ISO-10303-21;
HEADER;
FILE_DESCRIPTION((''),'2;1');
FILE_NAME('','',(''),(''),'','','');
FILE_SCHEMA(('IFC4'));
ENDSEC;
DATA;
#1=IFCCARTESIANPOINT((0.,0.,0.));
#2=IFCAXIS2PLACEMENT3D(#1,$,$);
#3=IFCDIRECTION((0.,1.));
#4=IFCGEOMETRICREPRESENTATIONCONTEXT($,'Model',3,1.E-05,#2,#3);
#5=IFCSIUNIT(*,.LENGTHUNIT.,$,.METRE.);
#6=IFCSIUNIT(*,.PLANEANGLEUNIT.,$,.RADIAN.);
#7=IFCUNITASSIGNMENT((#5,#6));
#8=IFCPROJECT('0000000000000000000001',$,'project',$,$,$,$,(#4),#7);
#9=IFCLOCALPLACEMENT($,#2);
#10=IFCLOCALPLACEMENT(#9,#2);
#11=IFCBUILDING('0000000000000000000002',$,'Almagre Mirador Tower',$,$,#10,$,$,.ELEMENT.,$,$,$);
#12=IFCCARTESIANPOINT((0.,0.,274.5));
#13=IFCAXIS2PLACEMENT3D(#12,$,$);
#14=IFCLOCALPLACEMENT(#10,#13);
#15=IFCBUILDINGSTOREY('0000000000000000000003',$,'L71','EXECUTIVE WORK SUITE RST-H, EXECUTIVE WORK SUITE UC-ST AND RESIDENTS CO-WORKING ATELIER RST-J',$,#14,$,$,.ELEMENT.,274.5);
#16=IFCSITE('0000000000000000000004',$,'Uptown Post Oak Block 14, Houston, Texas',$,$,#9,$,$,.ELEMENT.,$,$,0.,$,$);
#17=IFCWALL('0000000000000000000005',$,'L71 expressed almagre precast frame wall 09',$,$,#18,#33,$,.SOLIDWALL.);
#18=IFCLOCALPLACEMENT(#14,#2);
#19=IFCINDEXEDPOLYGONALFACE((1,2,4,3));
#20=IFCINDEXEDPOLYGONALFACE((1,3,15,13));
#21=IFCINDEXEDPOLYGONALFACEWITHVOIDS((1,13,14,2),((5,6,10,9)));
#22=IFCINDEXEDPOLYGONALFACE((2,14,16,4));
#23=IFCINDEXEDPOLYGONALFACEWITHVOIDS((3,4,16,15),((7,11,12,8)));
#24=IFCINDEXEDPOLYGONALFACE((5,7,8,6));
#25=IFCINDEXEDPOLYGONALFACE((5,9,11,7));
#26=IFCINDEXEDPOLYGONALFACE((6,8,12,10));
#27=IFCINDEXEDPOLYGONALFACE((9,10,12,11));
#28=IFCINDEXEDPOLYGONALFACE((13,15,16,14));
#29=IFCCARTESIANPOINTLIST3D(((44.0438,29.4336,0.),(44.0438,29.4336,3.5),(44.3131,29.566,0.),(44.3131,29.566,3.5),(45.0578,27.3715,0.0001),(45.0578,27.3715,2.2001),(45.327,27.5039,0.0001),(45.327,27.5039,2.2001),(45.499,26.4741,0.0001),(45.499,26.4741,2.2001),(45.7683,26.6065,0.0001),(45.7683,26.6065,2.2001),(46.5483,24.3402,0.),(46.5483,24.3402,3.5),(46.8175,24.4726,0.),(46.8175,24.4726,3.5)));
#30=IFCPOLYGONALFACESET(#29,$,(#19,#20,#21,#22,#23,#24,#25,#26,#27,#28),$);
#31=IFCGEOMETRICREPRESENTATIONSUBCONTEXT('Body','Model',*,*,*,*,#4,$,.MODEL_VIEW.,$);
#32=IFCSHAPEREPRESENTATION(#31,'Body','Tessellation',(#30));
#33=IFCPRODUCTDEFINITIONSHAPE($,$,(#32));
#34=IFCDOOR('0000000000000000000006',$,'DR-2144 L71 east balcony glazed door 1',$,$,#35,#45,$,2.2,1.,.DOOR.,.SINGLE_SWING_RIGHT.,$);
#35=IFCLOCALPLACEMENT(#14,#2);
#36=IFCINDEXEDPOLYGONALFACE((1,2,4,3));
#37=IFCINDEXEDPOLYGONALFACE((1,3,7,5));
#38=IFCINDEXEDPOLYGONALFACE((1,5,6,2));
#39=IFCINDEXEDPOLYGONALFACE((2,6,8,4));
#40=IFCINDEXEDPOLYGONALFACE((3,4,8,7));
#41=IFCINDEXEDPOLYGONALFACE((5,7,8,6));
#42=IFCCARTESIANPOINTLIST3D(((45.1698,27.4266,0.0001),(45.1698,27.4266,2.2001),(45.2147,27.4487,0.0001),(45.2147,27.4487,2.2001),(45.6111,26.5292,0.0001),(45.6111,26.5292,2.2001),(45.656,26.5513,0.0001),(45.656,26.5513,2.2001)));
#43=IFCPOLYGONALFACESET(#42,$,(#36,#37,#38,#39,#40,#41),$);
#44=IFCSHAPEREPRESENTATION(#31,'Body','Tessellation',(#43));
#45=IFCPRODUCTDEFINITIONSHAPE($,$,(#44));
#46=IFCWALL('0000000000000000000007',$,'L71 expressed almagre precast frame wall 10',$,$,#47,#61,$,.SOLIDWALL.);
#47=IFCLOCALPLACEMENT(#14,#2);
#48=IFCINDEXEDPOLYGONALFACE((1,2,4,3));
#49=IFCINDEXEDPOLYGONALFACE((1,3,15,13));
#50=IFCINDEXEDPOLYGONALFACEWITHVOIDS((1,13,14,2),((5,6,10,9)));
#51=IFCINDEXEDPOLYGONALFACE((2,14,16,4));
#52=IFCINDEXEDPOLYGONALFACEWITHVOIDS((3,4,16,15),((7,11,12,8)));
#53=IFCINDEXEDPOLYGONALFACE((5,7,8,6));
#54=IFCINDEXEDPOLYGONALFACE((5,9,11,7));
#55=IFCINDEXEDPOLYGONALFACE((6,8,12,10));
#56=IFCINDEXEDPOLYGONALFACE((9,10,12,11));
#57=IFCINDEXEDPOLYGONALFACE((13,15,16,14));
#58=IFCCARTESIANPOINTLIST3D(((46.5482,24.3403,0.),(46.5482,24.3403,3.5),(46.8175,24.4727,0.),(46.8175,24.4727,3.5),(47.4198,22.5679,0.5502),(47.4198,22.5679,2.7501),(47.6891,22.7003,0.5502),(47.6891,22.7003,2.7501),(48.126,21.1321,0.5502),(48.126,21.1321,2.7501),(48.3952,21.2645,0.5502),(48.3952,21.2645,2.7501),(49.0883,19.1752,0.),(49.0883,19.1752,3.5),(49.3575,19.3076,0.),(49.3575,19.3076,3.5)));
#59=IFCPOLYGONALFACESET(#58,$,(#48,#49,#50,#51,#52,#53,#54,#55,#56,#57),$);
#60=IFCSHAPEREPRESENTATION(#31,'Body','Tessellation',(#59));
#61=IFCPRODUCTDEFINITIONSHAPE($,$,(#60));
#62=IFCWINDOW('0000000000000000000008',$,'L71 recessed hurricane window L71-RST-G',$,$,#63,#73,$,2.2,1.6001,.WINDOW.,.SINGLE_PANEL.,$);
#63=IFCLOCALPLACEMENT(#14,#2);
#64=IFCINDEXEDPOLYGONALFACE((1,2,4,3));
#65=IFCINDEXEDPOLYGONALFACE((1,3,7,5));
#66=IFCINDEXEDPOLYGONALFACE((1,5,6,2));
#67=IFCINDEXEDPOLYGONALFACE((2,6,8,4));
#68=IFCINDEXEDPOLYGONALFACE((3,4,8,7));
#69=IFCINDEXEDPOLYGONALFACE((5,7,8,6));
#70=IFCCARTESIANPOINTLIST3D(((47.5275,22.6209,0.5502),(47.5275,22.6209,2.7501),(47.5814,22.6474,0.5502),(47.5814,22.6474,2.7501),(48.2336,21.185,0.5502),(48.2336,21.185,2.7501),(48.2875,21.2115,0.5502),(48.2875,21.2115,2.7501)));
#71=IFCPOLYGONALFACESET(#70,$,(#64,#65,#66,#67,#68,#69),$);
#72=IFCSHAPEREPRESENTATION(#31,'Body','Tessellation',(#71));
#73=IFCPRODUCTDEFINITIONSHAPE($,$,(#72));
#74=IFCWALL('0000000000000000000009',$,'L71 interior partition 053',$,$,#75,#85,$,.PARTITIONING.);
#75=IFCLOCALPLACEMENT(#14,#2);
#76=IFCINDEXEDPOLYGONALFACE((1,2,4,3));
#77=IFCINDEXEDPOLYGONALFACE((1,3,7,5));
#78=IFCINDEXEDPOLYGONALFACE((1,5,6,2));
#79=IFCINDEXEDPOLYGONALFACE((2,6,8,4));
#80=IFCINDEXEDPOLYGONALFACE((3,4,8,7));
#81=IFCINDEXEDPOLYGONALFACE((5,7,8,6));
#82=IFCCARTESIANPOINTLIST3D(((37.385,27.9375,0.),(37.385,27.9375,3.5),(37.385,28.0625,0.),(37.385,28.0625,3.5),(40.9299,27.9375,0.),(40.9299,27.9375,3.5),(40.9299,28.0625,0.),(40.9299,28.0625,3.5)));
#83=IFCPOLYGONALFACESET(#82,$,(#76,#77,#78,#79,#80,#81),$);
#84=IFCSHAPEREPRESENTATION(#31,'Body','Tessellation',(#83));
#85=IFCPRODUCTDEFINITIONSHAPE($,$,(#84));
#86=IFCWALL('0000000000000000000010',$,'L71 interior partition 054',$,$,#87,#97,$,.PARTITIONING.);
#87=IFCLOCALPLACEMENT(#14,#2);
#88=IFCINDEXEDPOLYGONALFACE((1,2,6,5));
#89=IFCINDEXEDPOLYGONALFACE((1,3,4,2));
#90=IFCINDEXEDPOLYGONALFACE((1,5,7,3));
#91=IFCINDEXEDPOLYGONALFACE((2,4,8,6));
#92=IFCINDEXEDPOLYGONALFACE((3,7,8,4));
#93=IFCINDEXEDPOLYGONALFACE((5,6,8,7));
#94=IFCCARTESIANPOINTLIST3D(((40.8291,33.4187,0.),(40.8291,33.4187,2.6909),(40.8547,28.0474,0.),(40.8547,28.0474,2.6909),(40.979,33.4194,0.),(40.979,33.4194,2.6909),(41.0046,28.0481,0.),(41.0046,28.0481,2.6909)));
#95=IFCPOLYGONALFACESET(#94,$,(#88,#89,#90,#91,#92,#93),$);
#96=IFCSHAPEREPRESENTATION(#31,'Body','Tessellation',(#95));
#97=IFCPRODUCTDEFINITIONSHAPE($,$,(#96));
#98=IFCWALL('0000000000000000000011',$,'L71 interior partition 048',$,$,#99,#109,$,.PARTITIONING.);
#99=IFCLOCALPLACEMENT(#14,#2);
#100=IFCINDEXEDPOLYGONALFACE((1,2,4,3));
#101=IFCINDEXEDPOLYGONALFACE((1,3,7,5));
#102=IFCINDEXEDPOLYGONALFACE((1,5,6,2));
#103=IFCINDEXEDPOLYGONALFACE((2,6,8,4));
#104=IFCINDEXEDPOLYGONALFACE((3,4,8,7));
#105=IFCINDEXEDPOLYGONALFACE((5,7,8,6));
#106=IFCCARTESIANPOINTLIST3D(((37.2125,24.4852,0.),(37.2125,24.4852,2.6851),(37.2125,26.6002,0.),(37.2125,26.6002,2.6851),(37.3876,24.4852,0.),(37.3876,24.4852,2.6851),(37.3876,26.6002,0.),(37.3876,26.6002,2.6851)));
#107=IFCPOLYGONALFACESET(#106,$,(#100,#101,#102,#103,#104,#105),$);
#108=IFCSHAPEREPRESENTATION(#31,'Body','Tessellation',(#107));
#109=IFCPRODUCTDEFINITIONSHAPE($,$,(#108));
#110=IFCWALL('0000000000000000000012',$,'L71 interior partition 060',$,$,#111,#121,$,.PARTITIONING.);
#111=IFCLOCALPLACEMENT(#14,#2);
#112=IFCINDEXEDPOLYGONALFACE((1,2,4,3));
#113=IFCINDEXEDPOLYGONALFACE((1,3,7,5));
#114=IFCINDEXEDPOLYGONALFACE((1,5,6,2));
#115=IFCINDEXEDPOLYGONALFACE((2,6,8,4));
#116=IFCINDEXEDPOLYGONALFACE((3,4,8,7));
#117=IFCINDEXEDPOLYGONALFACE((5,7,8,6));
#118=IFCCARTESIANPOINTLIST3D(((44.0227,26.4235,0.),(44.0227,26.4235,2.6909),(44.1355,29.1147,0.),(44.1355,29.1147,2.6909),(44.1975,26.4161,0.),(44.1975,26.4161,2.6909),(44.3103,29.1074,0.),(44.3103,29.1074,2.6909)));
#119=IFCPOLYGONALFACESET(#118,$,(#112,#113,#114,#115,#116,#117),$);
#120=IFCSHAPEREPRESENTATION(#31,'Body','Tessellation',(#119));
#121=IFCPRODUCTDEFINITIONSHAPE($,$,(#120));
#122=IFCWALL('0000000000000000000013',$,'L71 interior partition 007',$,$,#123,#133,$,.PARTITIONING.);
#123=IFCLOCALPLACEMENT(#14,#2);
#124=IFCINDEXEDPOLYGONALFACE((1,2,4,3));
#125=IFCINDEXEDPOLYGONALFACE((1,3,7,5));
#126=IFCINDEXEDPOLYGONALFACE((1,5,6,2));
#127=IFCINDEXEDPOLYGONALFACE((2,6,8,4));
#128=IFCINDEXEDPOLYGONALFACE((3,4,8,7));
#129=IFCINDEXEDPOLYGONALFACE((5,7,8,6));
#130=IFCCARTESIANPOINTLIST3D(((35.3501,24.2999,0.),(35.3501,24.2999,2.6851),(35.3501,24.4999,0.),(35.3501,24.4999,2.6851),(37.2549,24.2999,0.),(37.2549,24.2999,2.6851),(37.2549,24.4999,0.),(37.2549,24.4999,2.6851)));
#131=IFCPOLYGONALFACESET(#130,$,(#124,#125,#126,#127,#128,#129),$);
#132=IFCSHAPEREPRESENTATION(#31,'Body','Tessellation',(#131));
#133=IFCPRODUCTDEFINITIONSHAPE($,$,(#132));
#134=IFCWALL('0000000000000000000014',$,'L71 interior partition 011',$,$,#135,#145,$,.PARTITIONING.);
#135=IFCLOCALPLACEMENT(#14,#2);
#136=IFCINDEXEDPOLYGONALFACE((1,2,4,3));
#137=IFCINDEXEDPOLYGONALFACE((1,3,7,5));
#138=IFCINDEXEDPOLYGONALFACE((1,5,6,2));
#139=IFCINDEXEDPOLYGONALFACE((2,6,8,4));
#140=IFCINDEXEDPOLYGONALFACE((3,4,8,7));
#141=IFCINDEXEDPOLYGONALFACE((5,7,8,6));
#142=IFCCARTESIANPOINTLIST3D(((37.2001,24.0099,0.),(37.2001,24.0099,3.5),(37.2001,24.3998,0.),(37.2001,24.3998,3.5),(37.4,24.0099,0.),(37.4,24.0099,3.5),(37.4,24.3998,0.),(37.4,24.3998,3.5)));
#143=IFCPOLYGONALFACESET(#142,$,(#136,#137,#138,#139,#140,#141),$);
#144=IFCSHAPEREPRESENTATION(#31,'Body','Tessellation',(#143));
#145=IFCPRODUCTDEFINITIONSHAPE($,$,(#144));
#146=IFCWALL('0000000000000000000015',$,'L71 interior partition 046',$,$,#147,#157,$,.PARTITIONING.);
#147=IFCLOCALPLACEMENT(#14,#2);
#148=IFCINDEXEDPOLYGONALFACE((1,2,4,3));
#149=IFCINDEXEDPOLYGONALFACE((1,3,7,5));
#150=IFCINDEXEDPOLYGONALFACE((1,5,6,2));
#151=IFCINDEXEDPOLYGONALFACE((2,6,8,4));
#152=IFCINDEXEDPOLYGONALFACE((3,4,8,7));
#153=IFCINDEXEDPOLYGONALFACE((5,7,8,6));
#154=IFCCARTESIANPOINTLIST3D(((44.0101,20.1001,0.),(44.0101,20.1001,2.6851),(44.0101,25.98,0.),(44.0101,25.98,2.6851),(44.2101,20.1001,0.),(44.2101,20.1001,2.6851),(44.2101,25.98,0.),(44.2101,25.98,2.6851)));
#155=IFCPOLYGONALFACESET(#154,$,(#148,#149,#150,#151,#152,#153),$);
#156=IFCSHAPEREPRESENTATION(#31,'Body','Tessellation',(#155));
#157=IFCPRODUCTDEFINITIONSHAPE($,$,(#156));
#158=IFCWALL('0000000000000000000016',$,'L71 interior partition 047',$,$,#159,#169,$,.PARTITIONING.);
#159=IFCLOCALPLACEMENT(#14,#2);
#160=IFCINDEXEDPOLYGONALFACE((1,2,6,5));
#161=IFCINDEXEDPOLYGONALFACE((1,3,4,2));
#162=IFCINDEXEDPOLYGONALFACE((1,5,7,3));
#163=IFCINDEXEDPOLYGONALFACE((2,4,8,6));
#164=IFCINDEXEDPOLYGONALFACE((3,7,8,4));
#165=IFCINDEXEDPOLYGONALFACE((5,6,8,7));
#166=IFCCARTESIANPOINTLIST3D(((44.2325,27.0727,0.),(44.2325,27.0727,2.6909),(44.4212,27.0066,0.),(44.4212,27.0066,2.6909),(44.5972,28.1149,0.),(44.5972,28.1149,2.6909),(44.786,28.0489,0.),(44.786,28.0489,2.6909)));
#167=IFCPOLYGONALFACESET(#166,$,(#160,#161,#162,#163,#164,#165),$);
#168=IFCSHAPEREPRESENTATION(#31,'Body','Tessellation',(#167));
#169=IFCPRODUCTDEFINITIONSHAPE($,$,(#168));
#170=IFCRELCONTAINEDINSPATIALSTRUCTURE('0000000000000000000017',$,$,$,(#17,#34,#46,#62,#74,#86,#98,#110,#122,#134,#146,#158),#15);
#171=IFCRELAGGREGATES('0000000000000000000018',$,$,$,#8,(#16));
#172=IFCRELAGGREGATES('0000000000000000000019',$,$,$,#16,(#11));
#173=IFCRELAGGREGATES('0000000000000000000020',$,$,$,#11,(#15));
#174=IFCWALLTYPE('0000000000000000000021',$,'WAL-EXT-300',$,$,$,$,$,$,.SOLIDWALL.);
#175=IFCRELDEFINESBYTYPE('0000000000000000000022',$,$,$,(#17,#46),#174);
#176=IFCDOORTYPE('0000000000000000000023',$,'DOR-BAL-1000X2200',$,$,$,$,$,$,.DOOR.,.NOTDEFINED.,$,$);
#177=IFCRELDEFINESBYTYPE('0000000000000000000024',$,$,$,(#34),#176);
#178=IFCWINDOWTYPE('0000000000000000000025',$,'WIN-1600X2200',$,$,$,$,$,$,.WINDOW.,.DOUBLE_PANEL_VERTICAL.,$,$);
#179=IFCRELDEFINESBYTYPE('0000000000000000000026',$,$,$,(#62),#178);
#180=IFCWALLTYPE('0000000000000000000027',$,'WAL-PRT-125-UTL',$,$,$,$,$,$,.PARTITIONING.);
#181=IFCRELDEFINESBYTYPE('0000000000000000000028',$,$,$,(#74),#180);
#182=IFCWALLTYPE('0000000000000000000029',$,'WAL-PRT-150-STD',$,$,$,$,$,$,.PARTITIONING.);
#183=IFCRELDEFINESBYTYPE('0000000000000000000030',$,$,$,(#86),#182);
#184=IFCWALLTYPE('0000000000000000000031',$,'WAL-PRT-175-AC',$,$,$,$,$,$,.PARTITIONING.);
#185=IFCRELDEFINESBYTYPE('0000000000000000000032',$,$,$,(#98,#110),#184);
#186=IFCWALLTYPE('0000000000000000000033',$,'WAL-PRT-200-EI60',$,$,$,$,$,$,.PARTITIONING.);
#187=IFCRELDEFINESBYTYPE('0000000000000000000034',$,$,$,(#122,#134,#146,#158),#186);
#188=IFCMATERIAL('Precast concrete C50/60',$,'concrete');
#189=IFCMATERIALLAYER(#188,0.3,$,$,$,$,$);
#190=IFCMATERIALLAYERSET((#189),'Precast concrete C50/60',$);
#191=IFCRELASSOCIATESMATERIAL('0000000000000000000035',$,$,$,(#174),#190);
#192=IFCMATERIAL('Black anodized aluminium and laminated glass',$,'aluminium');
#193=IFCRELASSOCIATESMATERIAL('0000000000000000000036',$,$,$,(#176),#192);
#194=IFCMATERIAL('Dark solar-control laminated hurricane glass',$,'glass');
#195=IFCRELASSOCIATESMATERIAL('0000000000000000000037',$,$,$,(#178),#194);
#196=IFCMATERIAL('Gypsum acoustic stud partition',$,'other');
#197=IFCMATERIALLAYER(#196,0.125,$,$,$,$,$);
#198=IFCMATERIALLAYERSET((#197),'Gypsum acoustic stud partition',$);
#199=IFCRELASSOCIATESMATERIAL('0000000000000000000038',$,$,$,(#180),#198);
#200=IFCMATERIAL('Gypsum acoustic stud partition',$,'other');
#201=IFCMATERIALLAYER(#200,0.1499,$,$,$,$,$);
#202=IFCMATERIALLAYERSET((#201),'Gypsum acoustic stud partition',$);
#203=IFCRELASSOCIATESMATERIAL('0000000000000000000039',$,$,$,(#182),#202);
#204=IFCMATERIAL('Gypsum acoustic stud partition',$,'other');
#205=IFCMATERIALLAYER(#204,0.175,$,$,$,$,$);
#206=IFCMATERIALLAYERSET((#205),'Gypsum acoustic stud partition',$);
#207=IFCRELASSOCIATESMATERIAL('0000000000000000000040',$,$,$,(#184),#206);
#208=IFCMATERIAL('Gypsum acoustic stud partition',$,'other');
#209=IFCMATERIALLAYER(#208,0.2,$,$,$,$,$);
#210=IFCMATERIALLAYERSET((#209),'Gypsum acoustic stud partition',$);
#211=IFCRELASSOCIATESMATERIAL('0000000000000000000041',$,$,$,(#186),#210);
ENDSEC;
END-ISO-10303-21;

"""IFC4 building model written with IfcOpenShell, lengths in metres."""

from ifc_helpers import new_model, si_unit, direction, frame, frame_2d, origin, place, context, subcontext, project, spatial, rectangle, extrude, material, layer, layer_set, type_object, element, fill, save


model = new_model("IFC4")

# Units and contexts
model_context = context("Model", 3, precision=1e-05, world=origin(), true_north=direction((0.0, 1.0)))
body_context = subcontext(model_context, "Body", "Model", "MODEL_VIEW")
ifc_project = project(units=[si_unit("LENGTHUNIT", "METRE"), si_unit("PLANEANGLEUNIT", "RADIAN")], contexts=[model_context])

# Site, building, storey
site_placement = place(None, origin())
site = spatial("IfcSite", under=ifc_project, at=site_placement, Name="Uptown Post Oak Block 14, Houston, Texas", CompositionType="ELEMENT", RefElevation=0.0)
building_placement = place(site_placement, origin())
building = spatial("IfcBuilding", under=site, at=building_placement, Name="Almagre Mirador Tower", CompositionType="ELEMENT")
storey_placement = place(building_placement, frame((0.0, 0.0, 274.5)))
storey = spatial("IfcBuildingStorey", under=building, at=storey_placement, Name="L71", Description="EXECUTIVE WORK SUITE RST-H, EXECUTIVE WORK SUITE UC-ST AND RESIDENTS CO-WORKING ATELIER RST-J", CompositionType="ELEMENT", Elevation=274.5)

# Shared definitions
ifc_material_1 = material(Name="Precast concrete C50/60", Category="concrete")
ifc_layer_1 = layer(ifc_material_1, 0.3)
ifc_layer_set_1 = layer_set([ifc_layer_1], Name="Precast concrete C50/60")
wall_type_1 = type_object("IfcWallType", Name="WAL-EXT-300", PredefinedType="SOLIDWALL", material=ifc_layer_set_1)

# Wall, opening, door
wall_1_placement = place(storey_placement, frame((44.1785, 29.4998, 0.0), z_axis=(0.0, 0.0, 1.0), x_axis=(0.44125, -0.897384, 0.0)))
wall_1 = element("IfcWall", 1, at=wall_1_placement, inside=storey, type_object=wall_type_1, Name="L71 expressed almagre precast frame wall 09", PredefinedType="SOLIDWALL", context=body_context, shape_type="SweptSolid", body=[
    extrude(rectangle(XDim=5.6758, YDim=0.3, at=frame_2d((2.8379, 0.0))), origin(), (0.0, 0.0, 1.0), 3.5),
])
opening_1_placement = place(wall_1_placement, frame((2.2979, 0.0, 0.0)))
opening_1 = element("IfcOpeningElement", 2, at=opening_1_placement, cuts=wall_1, PredefinedType="OPENING", context=body_context, shape_type="SweptSolid", body=[
    extrude(rectangle(XDim=1.0, YDim=2.2, at=frame_2d((0.5, 1.1001))), frame((0.0, 0.1599, 0.0), z_axis=(0.0, -1.0, 0.0), x_axis=(1.0, 0.0, 0.0)), (0.0, 0.0, 1.0), 0.32),
])
ifc_material_2 = material(Name="Black anodized aluminium and laminated glass", Category="aluminium")
door_type = type_object("IfcDoorType", Name="DOR-BAL-1000X2200", OperationType="NOTDEFINED", PredefinedType="DOOR", material=ifc_material_2)
door_placement = place(opening_1_placement, origin())
door = element("IfcDoor", 3, at=door_placement, inside=storey, type_object=door_type, Name="DR-2144 L71 east balcony glazed door 1", OperationType="SINGLE_SWING_RIGHT", OverallHeight=2.2, OverallWidth=1.0, PredefinedType="DOOR", context=body_context, shape_type="SweptSolid", body=[
    extrude(rectangle(XDim=1.0, YDim=2.2, at=frame_2d((0.5, 1.1001))), frame((0.0, 0.0249, 0.0), z_axis=(0.0, -1.0, 0.0), x_axis=(1.0, 0.0, 0.0)), (0.0, 0.0, 1.0), 0.05),
])
fill(opening_1, door)

# Wall, opening, window
wall_2_placement = place(storey_placement, frame((46.6829, 24.4065, 0.0), z_axis=(0.0, 0.0, 1.0), x_axis=(0.441299, -0.89736, 0.0)))
wall_2 = element("IfcWall", 4, at=wall_2_placement, inside=storey, type_object=wall_type_1, Name="L71 expressed almagre precast frame wall 10", PredefinedType="SOLIDWALL", context=body_context, shape_type="SweptSolid", body=[
    extrude(rectangle(XDim=5.7559, YDim=0.3, at=frame_2d((2.8779, 0.0))), origin(), (0.0, 0.0, 1.0), 3.5),
])
opening_2_placement = place(wall_2_placement, frame((1.9751, 0.0, 0.55)))
opening_2 = element("IfcOpeningElement", 5, at=opening_2_placement, cuts=wall_2, PredefinedType="OPENING", context=body_context, shape_type="SweptSolid", body=[
    extrude(rectangle(XDim=1.6001, YDim=2.2, at=frame_2d((0.8, 1.1001))), frame((0.0, 0.1599, 0.0), z_axis=(0.0, -1.0, 0.0), x_axis=(1.0, 0.0, 0.0)), (0.0, 0.0, 1.0), 0.32),
])
ifc_material_3 = material(Name="Dark solar-control laminated hurricane glass", Category="glass")
window_type_1 = type_object("IfcWindowType", Name="WIN-1600X2200", PartitioningType="DOUBLE_PANEL_VERTICAL", PredefinedType="WINDOW", material=ifc_material_3)
window_1_placement = place(opening_2_placement, origin())
window_1 = element("IfcWindow", 6, at=window_1_placement, inside=storey, type_object=window_type_1, Name="L71 recessed hurricane window L71-RST-G", OverallHeight=2.2, OverallWidth=1.6001, PartitioningType="SINGLE_PANEL", PredefinedType="WINDOW", context=body_context, shape_type="SweptSolid", body=[
    extrude(rectangle(XDim=1.6001, YDim=2.2, at=frame_2d((0.8, 1.1001))), frame((0.0, 0.03, 0.0), z_axis=(0.0, -1.0, 0.0), x_axis=(1.0, 0.0, 0.0)), (0.0, 0.0, 1.0), 0.0601),
])
fill(opening_2, window_1)

# Walls
ifc_material_4 = material(Name="Gypsum acoustic stud partition", Category="other")
ifc_layer_2 = layer(ifc_material_4, 0.125)
ifc_layer_set_2 = layer_set([ifc_layer_2], Name="Gypsum acoustic stud partition")
wall_type_2 = type_object("IfcWallType", Name="WAL-PRT-125-UTL", PredefinedType="PARTITIONING", material=ifc_layer_set_2)
wall_3_placement = place(storey_placement, frame((40.9299, 28.0, 0.0), z_axis=(0.0, 0.0, 1.0), x_axis=(-1.0, 0.0, 0.0)))
element("IfcWall", 7, at=wall_3_placement, inside=storey, type_object=wall_type_2, Name="L71 interior partition 053", PredefinedType="PARTITIONING", context=body_context, shape_type="SweptSolid", body=[
    extrude(rectangle(XDim=3.5449, YDim=0.125, at=frame_2d((1.7725, 0.0))), origin(), (0.0, 0.0, 1.0), 3.5),
])
ifc_material_5 = material(Name="Gypsum acoustic stud partition", Category="other")
ifc_layer_3 = layer(ifc_material_5, 0.1499)
ifc_layer_set_3 = layer_set([ifc_layer_3], Name="Gypsum acoustic stud partition")
wall_type_3 = type_object("IfcWallType", Name="WAL-PRT-150-STD", PredefinedType="PARTITIONING", material=ifc_layer_set_3)
wall_4_placement = place(storey_placement, frame((40.9041, 33.4189, 0.0), z_axis=(0.0, 0.0, 1.0), x_axis=(0.004772, -0.999989, 0.0)))
element("IfcWall", 8, at=wall_4_placement, inside=storey, type_object=wall_type_3, Name="L71 interior partition 054", PredefinedType="PARTITIONING", context=body_context, shape_type="SweptSolid", body=[
    extrude(rectangle(XDim=5.3713, YDim=0.1499, at=frame_2d((2.6855, 0.0))), origin(), (0.0, 0.0, 1.0), 2.6909),
])
ifc_material_6 = material(Name="Gypsum acoustic stud partition", Category="other")
ifc_layer_4 = layer(ifc_material_6, 0.175)
ifc_layer_set_4 = layer_set([ifc_layer_4], Name="Gypsum acoustic stud partition")
wall_type_4 = type_object("IfcWallType", Name="WAL-PRT-175-AC", PredefinedType="PARTITIONING", material=ifc_layer_set_4)
wall_5_placement = place(storey_placement, frame((37.3, 24.4851, 0.0), z_axis=(0.0, 0.0, 1.0), x_axis=(0.0, 1.0, 0.0)))
element("IfcWall", 9, at=wall_5_placement, inside=storey, type_object=wall_type_4, Name="L71 interior partition 048", PredefinedType="PARTITIONING", context=body_context, shape_type="SweptSolid", body=[
    extrude(rectangle(XDim=2.115, YDim=0.175, at=frame_2d((1.0576, 0.0))), origin(), (0.0, 0.0, 1.0), 2.6851),
])
wall_6_placement = place(storey_placement, frame((44.1101, 26.4199, 0.0), z_axis=(0.0, 0.0, 1.0), x_axis=(0.041876, 0.999123, 0.0)))
element("IfcWall", 10, at=wall_6_placement, inside=storey, type_object=wall_type_4, Name="L71 interior partition 060", PredefinedType="PARTITIONING", context=body_context, shape_type="SweptSolid", body=[
    extrude(rectangle(XDim=2.6936, YDim=0.175, at=frame_2d((1.3467, 0.0))), origin(), (0.0, 0.0, 1.0), 2.6909),
])
ifc_material_7 = material(Name="Gypsum acoustic stud partition", Category="other")
ifc_layer_5 = layer(ifc_material_7, 0.2)
ifc_layer_set_5 = layer_set([ifc_layer_5], Name="Gypsum acoustic stud partition")
wall_type_5 = type_object("IfcWallType", Name="WAL-PRT-200-EI60", PredefinedType="PARTITIONING", material=ifc_layer_set_5)
wall_7_placement = place(storey_placement, frame((37.2549, 24.3999, 0.0), z_axis=(0.0, 0.0, 1.0), x_axis=(-1.0, 0.0, 0.0)))
element("IfcWall", 11, at=wall_7_placement, inside=storey, type_object=wall_type_5, Name="L71 interior partition 007", PredefinedType="PARTITIONING", context=body_context, shape_type="SweptSolid", body=[
    extrude(rectangle(XDim=1.9048, YDim=0.2, at=frame_2d((0.9524, 0.0))), origin(), (0.0, 0.0, 1.0), 2.6851),
])
wall_8_placement = place(storey_placement, frame((37.3, 24.01, 0.0), z_axis=(0.0, 0.0, 1.0), x_axis=(0.0, 1.0, 0.0)))
element("IfcWall", 12, at=wall_8_placement, inside=storey, type_object=wall_type_5, Name="L71 interior partition 011", PredefinedType="PARTITIONING", context=body_context, shape_type="SweptSolid", body=[
    extrude(rectangle(XDim=0.3899, YDim=0.2, at=frame_2d((0.1948, 0.0))), origin(), (0.0, 0.0, 1.0), 3.5),
])
wall_9_placement = place(storey_placement, frame((44.1101, 25.98, 0.0), z_axis=(0.0, 0.0, 1.0), x_axis=(0.0, -1.0, 0.0)))
element("IfcWall", 13, at=wall_9_placement, inside=storey, type_object=wall_type_5, Name="L71 interior partition 046", PredefinedType="PARTITIONING", context=body_context, shape_type="SweptSolid", body=[
    extrude(rectangle(XDim=5.8799, YDim=0.2, at=frame_2d((2.9399, 0.0))), origin(), (0.0, 0.0, 1.0), 2.6851),
])
wall_10_placement = place(storey_placement, frame((44.6917, 28.082, 0.0), z_axis=(0.0, 0.0, 1.0), x_axis=(-0.330321, -0.943869, 0.0)))
element("IfcWall", 14, at=wall_10_placement, inside=storey, type_object=wall_type_5, Name="L71 interior partition 047", PredefinedType="PARTITIONING", context=body_context, shape_type="SweptSolid", body=[
    extrude(rectangle(XDim=1.1042, YDim=0.2, at=frame_2d((0.5522, 0.0))), origin(), (0.0, 0.0, 1.0), 2.6909),
])

save(model, "model.ifc")
